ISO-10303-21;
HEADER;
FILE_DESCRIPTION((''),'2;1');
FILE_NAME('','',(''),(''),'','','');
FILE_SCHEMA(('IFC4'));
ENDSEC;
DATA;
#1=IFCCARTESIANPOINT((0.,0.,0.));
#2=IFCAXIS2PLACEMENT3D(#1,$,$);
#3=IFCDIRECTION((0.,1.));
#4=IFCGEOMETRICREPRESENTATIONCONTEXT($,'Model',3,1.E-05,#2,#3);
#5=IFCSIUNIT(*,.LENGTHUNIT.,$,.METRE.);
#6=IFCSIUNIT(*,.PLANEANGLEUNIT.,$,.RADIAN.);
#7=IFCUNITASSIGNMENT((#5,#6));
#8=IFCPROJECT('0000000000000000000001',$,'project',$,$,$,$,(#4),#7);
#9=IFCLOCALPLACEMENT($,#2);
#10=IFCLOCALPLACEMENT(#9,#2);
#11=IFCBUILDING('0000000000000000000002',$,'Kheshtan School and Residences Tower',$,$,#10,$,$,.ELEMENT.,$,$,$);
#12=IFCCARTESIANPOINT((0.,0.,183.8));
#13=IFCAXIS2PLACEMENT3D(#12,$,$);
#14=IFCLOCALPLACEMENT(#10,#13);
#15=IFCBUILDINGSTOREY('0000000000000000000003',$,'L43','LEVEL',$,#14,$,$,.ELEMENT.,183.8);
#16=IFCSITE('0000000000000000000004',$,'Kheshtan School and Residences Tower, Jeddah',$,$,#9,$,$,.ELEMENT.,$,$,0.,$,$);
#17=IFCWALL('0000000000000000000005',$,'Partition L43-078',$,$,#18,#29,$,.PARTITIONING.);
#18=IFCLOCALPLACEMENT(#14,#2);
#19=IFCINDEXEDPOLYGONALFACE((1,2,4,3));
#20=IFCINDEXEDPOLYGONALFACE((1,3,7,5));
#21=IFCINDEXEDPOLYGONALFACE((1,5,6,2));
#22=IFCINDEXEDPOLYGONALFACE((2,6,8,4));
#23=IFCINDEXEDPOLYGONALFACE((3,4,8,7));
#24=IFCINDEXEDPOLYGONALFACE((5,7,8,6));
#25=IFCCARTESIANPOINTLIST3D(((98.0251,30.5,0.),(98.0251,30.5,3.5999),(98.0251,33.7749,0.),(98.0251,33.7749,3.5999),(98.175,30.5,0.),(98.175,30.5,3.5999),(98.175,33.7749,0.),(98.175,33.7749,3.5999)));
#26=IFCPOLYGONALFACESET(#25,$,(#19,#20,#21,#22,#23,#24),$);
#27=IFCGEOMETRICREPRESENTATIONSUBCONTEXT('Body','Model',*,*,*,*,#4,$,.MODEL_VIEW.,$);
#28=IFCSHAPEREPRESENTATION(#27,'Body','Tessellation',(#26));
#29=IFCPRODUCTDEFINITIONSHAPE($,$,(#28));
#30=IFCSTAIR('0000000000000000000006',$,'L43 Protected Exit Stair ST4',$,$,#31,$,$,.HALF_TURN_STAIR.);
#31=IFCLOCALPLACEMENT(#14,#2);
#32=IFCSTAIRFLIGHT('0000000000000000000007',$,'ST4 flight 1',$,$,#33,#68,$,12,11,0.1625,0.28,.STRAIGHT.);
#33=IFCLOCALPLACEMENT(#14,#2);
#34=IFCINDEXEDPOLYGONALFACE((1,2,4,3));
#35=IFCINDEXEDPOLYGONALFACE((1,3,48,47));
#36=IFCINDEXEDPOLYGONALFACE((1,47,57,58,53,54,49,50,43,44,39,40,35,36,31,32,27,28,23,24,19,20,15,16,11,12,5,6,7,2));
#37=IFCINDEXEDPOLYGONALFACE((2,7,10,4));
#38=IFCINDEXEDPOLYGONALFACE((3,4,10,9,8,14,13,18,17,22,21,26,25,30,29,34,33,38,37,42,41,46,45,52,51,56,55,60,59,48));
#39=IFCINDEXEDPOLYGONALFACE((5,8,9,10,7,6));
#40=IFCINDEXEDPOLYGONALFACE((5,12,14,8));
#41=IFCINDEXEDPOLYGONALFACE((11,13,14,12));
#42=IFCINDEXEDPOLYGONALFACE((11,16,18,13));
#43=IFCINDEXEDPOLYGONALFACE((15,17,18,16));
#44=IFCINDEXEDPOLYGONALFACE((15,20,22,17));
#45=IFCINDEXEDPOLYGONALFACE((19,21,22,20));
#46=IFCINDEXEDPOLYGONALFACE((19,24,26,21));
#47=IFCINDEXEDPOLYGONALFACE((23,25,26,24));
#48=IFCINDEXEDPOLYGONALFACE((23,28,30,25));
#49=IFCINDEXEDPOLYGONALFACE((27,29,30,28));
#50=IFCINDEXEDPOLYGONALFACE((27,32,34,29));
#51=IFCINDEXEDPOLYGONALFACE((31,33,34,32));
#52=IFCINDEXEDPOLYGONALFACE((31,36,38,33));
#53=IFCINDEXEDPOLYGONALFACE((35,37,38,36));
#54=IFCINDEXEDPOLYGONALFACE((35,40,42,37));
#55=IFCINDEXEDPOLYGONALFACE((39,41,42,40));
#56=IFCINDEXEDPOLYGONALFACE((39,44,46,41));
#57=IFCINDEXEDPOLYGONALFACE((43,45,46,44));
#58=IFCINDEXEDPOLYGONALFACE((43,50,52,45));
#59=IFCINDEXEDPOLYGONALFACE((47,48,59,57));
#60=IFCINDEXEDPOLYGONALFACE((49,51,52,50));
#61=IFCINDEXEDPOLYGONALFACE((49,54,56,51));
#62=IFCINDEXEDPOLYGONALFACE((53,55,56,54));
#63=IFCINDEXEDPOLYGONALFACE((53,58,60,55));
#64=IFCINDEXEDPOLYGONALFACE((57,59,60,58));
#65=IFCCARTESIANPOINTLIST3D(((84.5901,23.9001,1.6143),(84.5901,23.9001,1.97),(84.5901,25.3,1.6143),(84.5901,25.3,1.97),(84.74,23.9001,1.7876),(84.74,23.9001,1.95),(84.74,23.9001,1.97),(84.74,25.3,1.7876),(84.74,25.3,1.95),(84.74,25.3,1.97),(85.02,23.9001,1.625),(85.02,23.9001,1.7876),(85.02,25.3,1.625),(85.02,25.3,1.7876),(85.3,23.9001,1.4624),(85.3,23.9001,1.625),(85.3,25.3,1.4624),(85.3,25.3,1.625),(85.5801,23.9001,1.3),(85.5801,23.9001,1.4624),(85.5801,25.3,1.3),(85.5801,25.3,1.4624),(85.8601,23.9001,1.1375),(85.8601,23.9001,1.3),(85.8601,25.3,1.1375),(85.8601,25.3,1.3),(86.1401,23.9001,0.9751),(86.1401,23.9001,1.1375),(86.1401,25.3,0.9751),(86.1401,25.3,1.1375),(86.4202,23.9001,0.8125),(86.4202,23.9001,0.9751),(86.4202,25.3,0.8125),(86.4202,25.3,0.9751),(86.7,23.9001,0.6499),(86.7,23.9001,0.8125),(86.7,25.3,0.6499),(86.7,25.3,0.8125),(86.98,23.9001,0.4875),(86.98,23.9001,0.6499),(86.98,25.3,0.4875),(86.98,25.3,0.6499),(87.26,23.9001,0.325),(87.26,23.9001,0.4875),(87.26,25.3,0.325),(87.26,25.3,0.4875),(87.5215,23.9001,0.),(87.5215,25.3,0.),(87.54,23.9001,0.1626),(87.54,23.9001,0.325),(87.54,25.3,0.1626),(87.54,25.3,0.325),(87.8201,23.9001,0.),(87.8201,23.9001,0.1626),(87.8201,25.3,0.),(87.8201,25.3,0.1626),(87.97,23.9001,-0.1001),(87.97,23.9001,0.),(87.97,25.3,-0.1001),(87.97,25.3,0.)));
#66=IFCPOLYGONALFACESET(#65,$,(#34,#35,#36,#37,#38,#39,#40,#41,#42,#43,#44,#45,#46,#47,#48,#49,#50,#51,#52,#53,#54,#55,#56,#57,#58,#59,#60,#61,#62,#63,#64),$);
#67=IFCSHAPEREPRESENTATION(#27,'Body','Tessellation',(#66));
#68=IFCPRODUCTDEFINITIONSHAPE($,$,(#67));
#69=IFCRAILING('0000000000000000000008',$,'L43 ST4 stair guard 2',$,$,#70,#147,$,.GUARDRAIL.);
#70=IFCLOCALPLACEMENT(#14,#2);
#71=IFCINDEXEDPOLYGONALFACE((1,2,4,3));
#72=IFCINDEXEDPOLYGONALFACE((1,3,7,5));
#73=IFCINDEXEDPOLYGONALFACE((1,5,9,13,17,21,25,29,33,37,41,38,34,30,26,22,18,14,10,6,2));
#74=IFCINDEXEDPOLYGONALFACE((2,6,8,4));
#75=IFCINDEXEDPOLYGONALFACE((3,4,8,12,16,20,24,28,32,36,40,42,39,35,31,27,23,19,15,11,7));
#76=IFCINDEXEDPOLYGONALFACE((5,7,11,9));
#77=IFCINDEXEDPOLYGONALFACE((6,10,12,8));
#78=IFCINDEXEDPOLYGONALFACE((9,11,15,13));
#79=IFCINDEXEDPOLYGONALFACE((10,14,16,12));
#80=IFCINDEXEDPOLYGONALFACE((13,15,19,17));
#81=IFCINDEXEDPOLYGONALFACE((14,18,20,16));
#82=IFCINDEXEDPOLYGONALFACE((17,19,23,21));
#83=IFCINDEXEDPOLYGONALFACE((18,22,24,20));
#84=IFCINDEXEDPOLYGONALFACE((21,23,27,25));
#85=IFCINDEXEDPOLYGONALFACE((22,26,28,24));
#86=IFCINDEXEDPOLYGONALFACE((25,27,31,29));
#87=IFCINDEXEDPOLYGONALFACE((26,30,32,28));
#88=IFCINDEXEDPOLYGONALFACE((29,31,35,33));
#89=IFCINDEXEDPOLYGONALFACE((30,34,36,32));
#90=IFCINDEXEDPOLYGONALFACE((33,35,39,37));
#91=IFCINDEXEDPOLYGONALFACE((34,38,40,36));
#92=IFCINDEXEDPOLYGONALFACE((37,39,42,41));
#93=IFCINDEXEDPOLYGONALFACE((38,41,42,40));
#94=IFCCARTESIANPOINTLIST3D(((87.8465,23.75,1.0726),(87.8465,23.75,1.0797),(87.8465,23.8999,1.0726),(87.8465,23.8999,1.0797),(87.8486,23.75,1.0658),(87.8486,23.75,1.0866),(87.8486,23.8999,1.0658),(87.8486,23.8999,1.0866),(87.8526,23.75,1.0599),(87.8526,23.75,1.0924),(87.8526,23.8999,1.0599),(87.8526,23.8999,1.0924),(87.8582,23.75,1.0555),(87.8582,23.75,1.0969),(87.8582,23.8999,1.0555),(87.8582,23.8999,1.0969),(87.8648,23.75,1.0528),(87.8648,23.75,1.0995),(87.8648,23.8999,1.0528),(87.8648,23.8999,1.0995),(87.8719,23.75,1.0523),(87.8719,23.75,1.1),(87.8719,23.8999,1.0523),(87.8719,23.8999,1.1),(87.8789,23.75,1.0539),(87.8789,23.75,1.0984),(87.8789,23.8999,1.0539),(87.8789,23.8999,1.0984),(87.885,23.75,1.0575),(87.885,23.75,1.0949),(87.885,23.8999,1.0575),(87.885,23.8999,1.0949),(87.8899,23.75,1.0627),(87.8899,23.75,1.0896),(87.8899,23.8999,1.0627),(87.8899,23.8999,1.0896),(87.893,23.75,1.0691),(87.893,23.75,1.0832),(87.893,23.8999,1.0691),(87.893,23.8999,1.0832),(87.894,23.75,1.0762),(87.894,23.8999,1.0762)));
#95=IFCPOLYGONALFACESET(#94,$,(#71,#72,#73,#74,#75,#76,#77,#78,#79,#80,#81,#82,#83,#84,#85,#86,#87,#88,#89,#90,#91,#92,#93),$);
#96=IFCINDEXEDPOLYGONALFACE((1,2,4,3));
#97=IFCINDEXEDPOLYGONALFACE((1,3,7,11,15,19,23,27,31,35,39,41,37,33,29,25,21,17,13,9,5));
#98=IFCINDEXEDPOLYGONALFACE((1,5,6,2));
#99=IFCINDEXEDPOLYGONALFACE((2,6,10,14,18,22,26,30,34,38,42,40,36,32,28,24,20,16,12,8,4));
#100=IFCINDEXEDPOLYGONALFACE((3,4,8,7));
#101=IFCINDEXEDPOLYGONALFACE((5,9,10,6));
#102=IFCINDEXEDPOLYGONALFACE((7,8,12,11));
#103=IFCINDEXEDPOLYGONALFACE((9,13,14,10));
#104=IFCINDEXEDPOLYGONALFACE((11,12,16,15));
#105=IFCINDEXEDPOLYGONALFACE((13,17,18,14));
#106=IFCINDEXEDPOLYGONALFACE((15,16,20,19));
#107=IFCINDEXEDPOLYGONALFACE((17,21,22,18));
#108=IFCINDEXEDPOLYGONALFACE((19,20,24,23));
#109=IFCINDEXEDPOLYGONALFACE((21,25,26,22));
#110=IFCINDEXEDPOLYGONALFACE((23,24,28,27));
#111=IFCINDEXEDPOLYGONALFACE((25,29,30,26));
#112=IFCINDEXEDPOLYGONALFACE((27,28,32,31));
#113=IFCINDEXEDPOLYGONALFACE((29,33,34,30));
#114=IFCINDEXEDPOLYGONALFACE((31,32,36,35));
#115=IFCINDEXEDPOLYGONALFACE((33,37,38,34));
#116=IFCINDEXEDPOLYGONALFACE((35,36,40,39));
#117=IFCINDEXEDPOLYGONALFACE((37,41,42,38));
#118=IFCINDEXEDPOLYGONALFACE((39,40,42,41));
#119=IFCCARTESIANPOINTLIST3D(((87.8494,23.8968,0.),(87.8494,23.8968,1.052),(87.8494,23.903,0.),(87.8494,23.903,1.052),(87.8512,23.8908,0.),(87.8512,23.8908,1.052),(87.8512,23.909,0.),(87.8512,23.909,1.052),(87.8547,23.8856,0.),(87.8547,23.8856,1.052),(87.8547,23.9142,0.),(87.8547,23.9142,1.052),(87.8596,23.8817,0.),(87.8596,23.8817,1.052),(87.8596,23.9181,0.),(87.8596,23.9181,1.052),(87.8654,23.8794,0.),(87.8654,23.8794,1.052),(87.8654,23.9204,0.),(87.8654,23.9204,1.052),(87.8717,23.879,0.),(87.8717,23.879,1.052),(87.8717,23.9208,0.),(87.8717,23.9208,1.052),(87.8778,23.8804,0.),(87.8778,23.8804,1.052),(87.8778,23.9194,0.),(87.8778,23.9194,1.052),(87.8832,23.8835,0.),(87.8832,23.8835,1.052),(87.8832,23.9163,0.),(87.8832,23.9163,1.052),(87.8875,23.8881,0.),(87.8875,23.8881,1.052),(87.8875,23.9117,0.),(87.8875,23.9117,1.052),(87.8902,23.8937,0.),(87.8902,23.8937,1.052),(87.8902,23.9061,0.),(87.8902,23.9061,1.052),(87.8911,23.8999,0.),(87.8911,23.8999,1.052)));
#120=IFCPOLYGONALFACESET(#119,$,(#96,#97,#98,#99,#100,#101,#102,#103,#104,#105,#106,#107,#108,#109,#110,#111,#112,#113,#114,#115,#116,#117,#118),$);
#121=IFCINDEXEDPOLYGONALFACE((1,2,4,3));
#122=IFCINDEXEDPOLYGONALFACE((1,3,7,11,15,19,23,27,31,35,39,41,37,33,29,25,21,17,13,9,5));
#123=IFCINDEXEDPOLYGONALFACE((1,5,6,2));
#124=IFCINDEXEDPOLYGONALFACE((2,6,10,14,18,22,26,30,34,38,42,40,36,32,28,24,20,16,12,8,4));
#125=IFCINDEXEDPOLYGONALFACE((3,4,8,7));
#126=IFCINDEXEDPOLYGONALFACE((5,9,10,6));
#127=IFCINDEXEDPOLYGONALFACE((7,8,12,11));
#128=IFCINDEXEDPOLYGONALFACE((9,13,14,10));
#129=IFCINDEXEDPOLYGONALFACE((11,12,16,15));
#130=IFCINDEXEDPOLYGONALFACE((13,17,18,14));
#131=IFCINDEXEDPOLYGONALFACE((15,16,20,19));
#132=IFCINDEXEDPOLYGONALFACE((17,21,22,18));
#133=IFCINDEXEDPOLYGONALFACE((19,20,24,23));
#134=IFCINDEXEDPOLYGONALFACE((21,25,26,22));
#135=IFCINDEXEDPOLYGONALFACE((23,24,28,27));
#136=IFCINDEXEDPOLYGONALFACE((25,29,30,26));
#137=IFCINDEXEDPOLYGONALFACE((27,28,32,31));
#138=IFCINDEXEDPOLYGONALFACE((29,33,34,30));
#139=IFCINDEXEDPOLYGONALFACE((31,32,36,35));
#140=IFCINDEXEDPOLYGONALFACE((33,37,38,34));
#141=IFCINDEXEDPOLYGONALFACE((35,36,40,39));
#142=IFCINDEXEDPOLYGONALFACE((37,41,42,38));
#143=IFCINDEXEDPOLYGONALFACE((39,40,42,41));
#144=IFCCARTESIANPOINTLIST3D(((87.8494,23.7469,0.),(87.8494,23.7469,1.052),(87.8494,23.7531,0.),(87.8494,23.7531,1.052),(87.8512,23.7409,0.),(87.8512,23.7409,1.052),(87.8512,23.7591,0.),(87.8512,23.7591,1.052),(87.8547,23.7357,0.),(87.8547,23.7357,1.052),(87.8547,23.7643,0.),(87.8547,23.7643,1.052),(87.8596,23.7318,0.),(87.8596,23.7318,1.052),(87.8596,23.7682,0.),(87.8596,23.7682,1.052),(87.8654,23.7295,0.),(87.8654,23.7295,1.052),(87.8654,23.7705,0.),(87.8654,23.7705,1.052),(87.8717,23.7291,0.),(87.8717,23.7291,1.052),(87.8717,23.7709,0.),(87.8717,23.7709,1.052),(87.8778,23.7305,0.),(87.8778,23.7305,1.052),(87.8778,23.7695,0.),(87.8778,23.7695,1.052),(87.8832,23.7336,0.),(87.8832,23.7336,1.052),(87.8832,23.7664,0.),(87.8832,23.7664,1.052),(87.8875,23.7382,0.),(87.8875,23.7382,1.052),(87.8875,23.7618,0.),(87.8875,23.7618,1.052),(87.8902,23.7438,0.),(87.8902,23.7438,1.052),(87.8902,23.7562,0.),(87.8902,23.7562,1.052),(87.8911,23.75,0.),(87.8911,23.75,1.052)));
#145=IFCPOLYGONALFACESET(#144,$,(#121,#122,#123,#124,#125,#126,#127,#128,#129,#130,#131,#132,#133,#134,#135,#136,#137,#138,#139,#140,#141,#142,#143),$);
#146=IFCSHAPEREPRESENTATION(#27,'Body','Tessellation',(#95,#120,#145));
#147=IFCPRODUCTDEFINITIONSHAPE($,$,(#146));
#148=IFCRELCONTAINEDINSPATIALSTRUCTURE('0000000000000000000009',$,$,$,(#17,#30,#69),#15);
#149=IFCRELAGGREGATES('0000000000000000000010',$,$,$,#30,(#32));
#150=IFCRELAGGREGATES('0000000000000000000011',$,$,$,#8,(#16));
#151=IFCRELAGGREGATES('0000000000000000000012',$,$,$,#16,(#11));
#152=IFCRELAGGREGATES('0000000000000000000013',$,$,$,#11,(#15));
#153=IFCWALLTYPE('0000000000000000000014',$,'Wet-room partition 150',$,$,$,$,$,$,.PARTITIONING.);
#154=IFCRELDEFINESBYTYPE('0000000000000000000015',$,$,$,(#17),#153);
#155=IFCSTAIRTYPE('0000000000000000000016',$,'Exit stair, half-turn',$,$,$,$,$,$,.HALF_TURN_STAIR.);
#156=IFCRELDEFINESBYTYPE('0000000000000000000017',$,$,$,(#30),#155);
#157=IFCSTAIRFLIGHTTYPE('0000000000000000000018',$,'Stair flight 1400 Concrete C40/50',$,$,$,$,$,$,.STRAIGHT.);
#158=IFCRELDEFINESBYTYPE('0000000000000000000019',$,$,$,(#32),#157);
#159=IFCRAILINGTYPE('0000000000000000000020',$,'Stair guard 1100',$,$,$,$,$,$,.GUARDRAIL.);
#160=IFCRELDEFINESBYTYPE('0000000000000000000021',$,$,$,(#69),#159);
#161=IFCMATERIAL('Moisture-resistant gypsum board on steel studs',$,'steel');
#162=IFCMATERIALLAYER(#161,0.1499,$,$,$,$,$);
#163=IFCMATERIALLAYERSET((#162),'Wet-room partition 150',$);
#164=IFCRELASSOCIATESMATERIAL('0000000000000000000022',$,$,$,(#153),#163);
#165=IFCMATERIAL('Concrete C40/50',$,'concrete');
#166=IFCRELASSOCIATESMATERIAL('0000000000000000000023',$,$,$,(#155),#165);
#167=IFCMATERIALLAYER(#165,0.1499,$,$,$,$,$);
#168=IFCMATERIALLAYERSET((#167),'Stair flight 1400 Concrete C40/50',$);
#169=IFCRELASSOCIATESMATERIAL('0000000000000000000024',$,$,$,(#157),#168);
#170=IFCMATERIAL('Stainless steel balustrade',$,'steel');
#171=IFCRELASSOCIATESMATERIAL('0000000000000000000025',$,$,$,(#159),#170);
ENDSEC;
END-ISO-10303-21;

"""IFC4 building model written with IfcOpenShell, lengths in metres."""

from ifc_helpers import new_model, si_unit, direction, frame, frame_2d, origin, origin_2d, place, context, subcontext, project, spatial, polyline, rectangle, circle, outline, extrude, material, layer, layer_set, type_object, element, aggregate, save


model = new_model("IFC4")

# Units and contexts
model_context = context("Model", 3, precision=1e-05, world=origin(), true_north=direction((0.0, 1.0)))
body_context = subcontext(model_context, "Body", "Model", "MODEL_VIEW")
ifc_project = project(units=[si_unit("LENGTHUNIT", "METRE"), si_unit("PLANEANGLEUNIT", "RADIAN")], contexts=[model_context])

# Site, building, storey
site_placement = place(None, origin())
site = spatial("IfcSite", under=ifc_project, at=site_placement, Name="Kheshtan School and Residences Tower, Jeddah", CompositionType="ELEMENT", RefElevation=0.0)
building_placement = place(site_placement, origin())
building = spatial("IfcBuilding", under=site, at=building_placement, Name="Kheshtan School and Residences Tower", CompositionType="ELEMENT")
storey_placement = place(building_placement, frame((0.0, 0.0, 183.8)))
storey = spatial("IfcBuildingStorey", under=building, at=storey_placement, Name="L43", Description="LEVEL", CompositionType="ELEMENT", Elevation=183.8)

# Wall
ifc_material_1 = material(Name="Concrete C40/50", Category="concrete")
ifc_material_2 = material(Name="Moisture-resistant gypsum board on steel studs", Category="steel")
ifc_layer_1 = layer(ifc_material_2, 0.1499)
ifc_layer_set_1 = layer_set([ifc_layer_1], Name="Wet-room partition 150")
wall_type_1 = type_object("IfcWallType", Name="Wet-room partition 150", PredefinedType="PARTITIONING", material=ifc_layer_set_1)
wall_1_placement = place(storey_placement, frame((98.1001, 30.5, 0.0), z_axis=(0.0, 0.0, 1.0), x_axis=(0.0, 1.0, 0.0)))
element("IfcWall", 1, at=wall_1_placement, inside=storey, type_object=wall_type_1, Name="Partition L43-078", PredefinedType="PARTITIONING", context=body_context, shape_type="SweptSolid", body=[
    extrude(rectangle(XDim=3.2749, YDim=0.1499, at=frame_2d((1.6375, 0.0))), origin(), (0.0, 0.0, 1.0), 3.5999),
])

# Stair, stair flight
stair_type = type_object("IfcStairType", Name="Exit stair, half-turn", PredefinedType="HALF_TURN_STAIR", material=ifc_material_1)
stair_placement = place(storey_placement, origin())
stair = element("IfcStair", 2, at=stair_placement, inside=storey, type_object=stair_type, Name="L43 Protected Exit Stair ST4", PredefinedType="HALF_TURN_STAIR")
ifc_layer_2 = layer(ifc_material_1, 0.1499)
ifc_layer_set_2 = layer_set([ifc_layer_2], Name="Stair flight 1400 Concrete C40/50")
stair_flight_type = type_object("IfcStairFlightType", Name="Stair flight 1400 Concrete C40/50", PredefinedType="STRAIGHT", material=ifc_layer_set_2)
stair_flight_placement = place(storey_placement, frame((87.8201, 24.6001, 0.0), z_axis=(0.0, 0.0, 1.0), x_axis=(-1.0, 0.0, 0.0)))
stair_flight = element("IfcStairFlight", 3, at=stair_flight_placement, type_object=stair_flight_type, Name="ST4 flight 1", NumberOfRisers=12, NumberOfTreads=11, PredefinedType="STRAIGHT", RiserHeight=0.1625, TreadLength=0.28, context=body_context, shape_type="SweptSolid", body=[
    extrude(outline(polyline([(-0.1499, -0.1001), (-0.1499, 0.0), (0.0, 0.0), (0.0, 0.1626), (0.28, 0.1626), (0.28, 0.325), (0.5601, 0.325), (0.5601, 0.4875), (0.8401, 0.4875), (0.8401, 0.6499), (1.1201, 0.6499), (1.1201, 0.8125), (1.3999, 0.8125), (1.3999, 0.9751), (1.6799, 0.9751), (1.6799, 1.1375), (1.96, 1.1375), (1.96, 1.3), (2.24, 1.3), (2.24, 1.4624), (2.52, 1.4624), (2.52, 1.625), (2.8, 1.625), (2.8, 1.7876), (3.0801, 1.7876), (3.0801, 1.95), (3.0801, 1.97), (3.23, 1.97), (3.23, 1.6143), (0.2986, 0.0), (-0.1499, -0.1001)])), frame((0.0, 0.7, 0.0), z_axis=(0.0, -1.0, 0.0), x_axis=(1.0, 0.0, 0.0)), (0.0, 0.0, 1.0), 1.3999),
])
aggregate(stair, [stair_flight])

# Railing
ifc_material_3 = material(Name="Stainless steel balustrade", Category="steel")
railing_type_1 = type_object("IfcRailingType", Name="Stair guard 1100", PredefinedType="GUARDRAIL", material=ifc_material_3)
railing_1_placement = place(storey_placement, frame((87.8701, 23.8999, 0.0)))
element("IfcRailing", 4, at=railing_1_placement, inside=storey, type_object=railing_type_1, Name="L43 ST4 stair guard 2", PredefinedType="GUARDRAIL", context=body_context, shape_type="SweptSolid", body=[
    extrude(circle(Radius=0.0239, at=origin_2d()), frame((0.0, 0.0, 1.0762), z_axis=(0.0, -1.0, 0.0), x_axis=(1.0, 0.0, 0.0)), (0.0, 0.0, 1.0), 0.1499),
    extrude(circle(Radius=0.021, at=origin_2d()), origin(), (0.0, 0.0, 1.0), 1.052),
    extrude(circle(Radius=0.021, at=origin_2d()), frame((0.0, -0.1499, 0.0)), (0.0, 0.0, 1.0), 1.052),
])

save(model, "model.ifc")
